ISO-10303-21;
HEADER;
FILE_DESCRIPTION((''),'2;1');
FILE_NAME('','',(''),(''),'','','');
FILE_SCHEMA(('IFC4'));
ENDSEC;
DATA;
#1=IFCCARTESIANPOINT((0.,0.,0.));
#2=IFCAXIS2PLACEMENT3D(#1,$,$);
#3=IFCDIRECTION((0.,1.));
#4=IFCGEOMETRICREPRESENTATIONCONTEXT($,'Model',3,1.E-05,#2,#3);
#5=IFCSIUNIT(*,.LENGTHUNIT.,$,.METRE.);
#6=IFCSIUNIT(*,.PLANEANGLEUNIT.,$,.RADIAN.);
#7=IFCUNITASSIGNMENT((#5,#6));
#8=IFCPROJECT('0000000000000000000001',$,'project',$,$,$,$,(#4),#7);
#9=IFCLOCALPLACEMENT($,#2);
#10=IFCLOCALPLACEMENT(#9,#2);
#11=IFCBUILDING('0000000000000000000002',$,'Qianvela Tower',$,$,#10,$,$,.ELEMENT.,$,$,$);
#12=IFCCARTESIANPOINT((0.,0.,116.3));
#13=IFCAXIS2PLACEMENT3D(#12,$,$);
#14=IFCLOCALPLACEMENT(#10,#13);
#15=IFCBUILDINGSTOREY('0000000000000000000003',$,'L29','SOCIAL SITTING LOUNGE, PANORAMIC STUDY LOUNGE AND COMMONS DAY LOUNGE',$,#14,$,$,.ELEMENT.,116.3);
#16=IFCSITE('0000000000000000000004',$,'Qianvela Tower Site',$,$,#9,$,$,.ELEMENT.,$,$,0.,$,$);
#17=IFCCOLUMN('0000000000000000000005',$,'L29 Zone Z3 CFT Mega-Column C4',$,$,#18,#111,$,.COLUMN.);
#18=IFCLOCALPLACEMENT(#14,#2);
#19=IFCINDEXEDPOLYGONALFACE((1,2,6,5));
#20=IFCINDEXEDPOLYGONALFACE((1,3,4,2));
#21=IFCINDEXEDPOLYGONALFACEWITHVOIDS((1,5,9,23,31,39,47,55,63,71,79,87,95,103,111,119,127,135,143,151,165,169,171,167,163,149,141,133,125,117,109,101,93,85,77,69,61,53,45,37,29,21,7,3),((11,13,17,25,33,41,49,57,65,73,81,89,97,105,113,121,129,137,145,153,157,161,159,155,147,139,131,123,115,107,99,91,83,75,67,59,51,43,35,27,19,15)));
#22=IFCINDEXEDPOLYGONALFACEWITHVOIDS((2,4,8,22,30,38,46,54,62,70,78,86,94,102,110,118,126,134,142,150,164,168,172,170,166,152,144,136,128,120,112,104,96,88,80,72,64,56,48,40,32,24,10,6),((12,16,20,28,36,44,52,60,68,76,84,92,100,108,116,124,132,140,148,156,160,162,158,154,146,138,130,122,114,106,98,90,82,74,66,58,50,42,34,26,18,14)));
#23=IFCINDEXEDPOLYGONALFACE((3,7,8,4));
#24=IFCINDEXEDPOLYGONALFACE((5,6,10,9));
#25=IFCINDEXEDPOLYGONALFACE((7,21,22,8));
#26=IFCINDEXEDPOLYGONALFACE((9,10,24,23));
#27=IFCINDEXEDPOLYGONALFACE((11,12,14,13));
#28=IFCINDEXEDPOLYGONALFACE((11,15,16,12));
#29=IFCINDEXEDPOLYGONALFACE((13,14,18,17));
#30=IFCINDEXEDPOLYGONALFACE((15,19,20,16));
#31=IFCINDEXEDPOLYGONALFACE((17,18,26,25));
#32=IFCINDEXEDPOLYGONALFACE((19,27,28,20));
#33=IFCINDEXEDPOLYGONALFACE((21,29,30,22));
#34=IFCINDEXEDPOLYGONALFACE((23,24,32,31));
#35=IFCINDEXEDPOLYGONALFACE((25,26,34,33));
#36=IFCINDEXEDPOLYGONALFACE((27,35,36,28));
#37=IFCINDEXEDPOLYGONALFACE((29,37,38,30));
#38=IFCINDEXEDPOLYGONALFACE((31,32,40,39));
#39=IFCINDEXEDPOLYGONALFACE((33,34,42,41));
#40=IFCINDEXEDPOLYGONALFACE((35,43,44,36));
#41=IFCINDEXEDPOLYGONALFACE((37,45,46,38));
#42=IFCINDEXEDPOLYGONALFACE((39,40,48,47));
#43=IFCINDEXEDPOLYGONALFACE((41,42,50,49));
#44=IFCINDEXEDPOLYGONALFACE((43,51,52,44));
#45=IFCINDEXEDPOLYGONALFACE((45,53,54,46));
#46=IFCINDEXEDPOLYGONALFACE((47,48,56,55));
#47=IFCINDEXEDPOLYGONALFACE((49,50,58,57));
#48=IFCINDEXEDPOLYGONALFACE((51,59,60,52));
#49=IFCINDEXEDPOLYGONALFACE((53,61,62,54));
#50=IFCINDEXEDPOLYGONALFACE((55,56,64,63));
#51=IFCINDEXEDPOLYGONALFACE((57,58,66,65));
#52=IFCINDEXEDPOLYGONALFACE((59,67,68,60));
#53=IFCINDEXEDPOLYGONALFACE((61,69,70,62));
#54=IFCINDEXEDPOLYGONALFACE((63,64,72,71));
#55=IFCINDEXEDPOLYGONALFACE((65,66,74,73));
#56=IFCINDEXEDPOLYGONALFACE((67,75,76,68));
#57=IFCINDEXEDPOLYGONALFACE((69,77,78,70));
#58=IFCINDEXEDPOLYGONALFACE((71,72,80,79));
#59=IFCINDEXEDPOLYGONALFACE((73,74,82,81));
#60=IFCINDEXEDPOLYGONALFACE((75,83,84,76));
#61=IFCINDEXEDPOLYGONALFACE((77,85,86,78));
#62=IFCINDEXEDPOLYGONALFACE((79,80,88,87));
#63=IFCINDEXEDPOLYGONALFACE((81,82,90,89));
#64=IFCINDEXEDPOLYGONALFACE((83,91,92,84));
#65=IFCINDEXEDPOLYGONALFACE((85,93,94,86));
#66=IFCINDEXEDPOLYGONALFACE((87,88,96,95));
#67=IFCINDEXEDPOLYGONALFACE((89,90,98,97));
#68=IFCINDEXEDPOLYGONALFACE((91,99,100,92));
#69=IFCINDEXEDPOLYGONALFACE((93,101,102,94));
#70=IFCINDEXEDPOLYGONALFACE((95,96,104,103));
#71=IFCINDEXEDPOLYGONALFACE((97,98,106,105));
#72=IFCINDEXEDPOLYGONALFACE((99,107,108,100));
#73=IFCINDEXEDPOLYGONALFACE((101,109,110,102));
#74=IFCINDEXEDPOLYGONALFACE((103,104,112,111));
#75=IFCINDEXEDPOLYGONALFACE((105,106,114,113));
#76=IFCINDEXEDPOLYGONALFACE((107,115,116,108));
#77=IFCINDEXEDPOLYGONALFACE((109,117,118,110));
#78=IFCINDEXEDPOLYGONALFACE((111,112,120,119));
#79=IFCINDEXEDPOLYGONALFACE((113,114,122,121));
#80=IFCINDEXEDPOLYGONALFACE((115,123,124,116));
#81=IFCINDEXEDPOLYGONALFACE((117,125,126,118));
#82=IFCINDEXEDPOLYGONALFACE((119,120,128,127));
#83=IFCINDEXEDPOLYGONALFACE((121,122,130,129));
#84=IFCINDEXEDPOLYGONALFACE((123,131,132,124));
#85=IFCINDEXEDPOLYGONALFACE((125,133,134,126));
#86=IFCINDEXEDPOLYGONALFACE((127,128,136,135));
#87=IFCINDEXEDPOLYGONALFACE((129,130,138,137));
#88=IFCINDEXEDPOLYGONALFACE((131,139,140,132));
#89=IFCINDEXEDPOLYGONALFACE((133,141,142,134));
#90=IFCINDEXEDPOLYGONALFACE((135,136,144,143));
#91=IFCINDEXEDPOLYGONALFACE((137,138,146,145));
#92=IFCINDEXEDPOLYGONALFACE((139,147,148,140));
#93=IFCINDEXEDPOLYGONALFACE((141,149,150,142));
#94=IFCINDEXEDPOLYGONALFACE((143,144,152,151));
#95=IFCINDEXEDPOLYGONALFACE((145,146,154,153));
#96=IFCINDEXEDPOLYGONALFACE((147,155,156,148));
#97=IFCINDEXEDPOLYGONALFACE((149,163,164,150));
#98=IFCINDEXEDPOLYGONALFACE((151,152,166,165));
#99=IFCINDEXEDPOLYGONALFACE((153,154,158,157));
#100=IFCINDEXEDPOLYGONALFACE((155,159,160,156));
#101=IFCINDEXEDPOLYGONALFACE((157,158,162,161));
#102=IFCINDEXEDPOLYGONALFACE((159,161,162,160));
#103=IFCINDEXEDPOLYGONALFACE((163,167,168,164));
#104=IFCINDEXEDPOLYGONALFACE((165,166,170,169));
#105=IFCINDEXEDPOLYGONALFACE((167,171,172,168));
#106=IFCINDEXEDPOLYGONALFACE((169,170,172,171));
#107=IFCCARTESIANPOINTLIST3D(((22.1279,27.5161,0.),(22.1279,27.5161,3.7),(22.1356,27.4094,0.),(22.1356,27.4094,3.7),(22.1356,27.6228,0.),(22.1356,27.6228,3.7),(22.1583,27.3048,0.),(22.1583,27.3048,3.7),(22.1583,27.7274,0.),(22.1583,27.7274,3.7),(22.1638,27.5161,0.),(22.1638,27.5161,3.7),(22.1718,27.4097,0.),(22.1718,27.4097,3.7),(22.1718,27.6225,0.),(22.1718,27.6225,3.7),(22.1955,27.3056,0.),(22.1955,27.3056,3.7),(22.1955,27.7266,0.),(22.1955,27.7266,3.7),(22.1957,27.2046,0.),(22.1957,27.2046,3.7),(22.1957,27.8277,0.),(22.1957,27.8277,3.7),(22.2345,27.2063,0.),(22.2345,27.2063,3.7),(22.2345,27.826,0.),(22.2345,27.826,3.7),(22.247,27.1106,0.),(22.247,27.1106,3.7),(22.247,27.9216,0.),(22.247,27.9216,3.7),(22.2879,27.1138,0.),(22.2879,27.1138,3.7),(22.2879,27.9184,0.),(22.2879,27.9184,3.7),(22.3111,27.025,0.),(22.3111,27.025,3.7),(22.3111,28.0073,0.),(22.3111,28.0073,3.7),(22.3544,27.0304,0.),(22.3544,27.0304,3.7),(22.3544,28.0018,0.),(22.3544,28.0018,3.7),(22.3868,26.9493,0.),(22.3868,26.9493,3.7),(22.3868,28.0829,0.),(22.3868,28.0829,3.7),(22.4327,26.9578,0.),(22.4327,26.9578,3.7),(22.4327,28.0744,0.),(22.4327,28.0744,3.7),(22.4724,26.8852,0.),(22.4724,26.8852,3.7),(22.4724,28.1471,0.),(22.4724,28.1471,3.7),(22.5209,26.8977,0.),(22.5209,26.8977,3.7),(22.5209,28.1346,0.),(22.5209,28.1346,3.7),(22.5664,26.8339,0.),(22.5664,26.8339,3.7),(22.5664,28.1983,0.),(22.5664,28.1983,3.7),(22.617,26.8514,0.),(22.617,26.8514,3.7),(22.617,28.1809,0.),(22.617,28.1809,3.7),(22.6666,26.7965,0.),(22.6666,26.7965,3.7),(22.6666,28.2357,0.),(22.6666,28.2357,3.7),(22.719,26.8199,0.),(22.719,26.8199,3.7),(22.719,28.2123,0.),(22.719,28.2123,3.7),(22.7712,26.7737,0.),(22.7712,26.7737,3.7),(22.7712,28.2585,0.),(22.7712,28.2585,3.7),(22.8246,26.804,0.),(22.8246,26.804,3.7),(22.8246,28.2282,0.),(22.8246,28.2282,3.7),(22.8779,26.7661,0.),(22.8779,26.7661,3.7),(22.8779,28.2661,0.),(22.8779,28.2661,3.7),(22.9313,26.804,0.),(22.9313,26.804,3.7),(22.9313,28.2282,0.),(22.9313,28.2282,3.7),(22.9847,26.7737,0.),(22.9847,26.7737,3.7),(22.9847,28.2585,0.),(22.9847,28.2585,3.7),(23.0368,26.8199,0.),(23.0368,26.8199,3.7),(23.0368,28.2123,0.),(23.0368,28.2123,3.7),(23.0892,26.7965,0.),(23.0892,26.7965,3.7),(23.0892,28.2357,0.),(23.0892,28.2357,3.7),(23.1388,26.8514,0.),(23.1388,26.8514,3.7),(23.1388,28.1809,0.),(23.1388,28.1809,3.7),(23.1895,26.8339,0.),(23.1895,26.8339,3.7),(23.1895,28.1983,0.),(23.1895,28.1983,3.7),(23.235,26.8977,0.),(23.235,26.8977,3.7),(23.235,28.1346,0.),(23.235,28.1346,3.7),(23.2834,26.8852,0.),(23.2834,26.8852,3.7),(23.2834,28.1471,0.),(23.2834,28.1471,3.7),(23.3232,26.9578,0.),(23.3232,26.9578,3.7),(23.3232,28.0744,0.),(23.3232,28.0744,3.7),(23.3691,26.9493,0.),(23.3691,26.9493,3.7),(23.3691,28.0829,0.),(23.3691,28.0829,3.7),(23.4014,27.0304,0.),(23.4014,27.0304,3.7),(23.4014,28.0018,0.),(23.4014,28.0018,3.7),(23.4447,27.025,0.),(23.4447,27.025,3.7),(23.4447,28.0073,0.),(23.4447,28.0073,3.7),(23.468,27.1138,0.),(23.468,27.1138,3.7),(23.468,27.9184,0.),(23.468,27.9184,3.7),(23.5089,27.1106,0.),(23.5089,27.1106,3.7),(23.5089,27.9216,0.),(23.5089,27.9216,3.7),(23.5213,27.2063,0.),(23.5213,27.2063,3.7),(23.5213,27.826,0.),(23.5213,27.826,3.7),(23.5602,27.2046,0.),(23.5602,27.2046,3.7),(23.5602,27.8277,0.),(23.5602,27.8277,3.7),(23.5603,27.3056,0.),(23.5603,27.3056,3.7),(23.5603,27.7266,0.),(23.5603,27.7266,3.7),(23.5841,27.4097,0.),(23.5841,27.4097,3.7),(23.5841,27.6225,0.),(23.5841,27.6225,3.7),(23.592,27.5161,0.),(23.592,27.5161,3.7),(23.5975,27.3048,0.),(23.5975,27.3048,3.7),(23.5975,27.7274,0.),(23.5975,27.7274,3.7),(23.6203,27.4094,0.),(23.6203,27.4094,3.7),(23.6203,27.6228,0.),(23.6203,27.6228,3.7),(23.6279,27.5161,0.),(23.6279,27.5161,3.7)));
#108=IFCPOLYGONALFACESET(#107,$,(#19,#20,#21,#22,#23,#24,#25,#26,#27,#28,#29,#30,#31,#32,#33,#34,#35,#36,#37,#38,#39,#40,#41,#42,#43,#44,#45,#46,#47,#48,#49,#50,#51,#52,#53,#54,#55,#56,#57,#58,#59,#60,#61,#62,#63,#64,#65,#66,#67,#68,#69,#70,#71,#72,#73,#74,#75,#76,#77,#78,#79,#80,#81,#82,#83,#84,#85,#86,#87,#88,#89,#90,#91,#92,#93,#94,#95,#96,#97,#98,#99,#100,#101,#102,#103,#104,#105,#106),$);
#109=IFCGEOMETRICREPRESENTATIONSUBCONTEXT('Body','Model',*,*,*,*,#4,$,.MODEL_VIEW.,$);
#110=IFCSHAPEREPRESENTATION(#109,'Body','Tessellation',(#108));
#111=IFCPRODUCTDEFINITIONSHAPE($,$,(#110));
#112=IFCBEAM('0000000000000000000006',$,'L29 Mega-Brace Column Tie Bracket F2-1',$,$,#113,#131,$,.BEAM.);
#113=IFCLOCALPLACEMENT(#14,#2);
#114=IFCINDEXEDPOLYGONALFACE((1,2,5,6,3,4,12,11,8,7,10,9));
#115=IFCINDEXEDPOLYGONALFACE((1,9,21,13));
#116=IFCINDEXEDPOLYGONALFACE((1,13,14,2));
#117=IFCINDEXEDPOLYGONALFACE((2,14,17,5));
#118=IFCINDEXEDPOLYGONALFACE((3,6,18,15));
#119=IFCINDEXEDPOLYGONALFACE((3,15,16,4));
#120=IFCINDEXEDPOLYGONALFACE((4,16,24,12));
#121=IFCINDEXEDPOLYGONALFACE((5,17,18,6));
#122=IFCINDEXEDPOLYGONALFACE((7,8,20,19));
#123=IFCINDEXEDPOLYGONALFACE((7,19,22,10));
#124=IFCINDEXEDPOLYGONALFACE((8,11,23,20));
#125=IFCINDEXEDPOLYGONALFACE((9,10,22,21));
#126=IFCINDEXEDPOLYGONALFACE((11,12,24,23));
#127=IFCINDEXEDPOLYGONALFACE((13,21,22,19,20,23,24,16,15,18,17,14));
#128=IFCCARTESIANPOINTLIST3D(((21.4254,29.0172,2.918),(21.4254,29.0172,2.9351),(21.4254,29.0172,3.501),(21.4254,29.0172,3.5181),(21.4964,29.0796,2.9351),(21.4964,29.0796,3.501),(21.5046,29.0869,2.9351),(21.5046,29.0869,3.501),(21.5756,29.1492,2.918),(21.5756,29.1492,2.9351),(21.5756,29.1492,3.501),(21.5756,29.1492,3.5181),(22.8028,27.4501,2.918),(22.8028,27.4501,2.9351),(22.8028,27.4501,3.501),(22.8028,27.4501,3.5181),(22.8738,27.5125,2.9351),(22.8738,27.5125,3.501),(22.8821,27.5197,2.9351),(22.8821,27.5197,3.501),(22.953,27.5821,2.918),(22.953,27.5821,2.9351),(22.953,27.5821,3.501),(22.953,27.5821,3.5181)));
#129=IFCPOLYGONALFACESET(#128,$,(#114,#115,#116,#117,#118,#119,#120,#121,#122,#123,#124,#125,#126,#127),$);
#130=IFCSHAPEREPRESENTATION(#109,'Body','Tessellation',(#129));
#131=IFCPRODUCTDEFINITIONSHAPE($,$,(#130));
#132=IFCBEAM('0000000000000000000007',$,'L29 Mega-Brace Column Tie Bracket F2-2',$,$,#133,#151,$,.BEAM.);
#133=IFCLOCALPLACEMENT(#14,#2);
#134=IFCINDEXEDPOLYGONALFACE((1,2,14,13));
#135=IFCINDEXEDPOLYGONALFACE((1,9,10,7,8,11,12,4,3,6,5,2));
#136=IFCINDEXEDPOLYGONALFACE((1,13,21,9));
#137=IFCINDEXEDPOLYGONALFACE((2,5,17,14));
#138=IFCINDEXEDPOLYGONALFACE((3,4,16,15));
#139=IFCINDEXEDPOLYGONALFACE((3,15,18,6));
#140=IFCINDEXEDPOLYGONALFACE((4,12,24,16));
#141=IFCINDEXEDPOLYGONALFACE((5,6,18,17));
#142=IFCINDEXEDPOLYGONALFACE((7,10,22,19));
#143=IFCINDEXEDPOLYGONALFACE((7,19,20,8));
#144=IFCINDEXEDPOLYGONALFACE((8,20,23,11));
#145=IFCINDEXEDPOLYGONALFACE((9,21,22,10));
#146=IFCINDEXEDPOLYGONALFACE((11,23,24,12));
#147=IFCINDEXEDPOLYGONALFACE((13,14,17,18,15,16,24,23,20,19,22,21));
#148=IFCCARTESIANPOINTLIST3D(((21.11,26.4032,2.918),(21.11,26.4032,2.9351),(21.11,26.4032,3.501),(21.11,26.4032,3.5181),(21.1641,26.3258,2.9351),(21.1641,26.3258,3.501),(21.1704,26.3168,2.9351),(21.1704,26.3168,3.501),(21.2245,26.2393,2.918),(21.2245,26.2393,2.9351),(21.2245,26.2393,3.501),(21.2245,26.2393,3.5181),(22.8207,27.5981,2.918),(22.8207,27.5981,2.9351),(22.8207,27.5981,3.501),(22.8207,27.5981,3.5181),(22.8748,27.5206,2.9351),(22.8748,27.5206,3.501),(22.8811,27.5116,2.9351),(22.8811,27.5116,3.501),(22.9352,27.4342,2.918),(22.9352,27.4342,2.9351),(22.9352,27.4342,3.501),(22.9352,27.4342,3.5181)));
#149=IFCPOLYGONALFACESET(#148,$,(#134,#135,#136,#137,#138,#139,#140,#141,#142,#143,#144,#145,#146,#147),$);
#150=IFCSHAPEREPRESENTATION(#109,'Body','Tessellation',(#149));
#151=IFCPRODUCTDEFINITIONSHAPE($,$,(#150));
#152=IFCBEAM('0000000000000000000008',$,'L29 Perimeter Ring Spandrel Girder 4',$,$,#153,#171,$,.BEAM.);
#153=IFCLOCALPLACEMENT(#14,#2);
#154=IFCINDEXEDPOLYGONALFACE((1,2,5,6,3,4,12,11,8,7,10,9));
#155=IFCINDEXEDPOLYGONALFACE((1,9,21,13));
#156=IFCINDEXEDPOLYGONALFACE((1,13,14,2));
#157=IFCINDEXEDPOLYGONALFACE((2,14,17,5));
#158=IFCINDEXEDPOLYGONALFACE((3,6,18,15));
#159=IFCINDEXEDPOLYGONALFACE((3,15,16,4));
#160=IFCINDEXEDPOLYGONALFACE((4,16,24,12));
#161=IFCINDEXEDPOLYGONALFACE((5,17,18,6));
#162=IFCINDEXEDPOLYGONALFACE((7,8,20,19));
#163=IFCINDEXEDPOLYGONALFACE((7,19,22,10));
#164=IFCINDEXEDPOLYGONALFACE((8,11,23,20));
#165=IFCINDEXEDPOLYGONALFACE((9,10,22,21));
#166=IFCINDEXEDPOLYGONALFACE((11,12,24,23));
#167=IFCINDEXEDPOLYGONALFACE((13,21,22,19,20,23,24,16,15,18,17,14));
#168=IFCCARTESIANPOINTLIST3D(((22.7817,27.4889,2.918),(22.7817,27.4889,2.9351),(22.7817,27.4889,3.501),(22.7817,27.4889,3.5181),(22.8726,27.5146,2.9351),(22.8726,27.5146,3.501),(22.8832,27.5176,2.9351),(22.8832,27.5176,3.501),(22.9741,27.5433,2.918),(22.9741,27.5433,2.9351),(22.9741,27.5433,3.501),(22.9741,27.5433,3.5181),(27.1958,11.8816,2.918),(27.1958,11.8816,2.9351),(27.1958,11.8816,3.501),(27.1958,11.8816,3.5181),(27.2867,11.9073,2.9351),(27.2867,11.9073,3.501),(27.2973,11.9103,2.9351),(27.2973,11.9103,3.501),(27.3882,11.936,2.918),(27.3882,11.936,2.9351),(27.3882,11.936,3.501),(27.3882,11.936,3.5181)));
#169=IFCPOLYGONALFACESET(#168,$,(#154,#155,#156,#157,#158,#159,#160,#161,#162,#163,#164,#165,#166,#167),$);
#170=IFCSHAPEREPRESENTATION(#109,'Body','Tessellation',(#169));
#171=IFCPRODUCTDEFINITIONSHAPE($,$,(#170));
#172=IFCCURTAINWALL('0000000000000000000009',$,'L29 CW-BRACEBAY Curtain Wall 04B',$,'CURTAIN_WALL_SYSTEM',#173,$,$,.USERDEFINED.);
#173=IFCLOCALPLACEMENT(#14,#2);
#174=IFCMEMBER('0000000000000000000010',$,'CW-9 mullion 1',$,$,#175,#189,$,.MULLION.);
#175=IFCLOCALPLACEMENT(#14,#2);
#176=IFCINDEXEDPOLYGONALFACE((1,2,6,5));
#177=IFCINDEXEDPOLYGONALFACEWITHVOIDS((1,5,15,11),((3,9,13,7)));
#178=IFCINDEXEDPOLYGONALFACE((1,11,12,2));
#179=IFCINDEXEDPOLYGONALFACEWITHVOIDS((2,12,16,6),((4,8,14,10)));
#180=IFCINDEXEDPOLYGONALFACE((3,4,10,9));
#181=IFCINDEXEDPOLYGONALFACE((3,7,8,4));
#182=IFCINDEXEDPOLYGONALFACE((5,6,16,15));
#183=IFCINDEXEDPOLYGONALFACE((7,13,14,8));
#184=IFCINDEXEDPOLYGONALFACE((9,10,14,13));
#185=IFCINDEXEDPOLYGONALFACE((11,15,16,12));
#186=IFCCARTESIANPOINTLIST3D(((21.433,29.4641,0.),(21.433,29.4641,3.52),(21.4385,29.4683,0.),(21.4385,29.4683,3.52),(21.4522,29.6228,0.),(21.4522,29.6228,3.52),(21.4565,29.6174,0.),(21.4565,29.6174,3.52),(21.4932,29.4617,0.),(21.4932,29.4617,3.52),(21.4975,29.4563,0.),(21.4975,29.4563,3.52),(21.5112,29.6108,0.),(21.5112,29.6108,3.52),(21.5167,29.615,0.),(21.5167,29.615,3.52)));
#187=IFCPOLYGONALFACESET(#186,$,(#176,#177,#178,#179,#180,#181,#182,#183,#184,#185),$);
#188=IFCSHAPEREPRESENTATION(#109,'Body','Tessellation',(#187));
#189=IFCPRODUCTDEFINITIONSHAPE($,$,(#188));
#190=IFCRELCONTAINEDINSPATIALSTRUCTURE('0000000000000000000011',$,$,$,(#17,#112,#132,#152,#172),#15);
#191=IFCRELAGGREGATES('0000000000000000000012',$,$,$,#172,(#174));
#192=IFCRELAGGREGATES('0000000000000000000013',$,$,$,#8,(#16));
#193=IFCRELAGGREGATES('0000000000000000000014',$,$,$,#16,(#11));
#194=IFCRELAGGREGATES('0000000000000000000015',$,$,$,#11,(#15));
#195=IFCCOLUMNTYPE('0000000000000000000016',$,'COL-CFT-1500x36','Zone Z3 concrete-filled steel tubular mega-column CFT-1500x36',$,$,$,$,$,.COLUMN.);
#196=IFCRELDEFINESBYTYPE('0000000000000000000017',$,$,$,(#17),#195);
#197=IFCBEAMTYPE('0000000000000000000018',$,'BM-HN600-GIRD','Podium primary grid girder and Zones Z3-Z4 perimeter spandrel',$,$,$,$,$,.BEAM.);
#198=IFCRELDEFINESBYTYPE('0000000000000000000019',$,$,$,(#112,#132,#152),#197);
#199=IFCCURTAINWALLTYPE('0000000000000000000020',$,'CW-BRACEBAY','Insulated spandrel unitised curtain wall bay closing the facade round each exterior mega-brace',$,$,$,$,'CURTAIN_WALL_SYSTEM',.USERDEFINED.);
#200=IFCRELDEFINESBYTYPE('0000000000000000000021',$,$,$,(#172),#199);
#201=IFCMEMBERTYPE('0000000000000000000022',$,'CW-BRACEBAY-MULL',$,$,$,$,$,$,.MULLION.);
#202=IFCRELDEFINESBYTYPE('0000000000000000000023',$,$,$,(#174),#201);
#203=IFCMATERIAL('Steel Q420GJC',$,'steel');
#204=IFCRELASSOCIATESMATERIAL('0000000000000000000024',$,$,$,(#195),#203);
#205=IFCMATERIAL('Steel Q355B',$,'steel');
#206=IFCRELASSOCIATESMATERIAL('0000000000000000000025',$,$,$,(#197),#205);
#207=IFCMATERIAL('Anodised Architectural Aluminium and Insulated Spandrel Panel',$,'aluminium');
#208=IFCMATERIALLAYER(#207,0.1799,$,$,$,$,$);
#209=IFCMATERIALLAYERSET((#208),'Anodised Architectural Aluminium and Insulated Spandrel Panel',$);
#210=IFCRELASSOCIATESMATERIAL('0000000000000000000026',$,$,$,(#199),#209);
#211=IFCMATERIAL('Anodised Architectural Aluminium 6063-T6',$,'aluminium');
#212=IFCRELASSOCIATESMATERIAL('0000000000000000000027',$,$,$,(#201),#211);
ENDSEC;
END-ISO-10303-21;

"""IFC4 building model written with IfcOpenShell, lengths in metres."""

from ifc_helpers import new_model, si_unit, direction, frame, origin, origin_2d, place, context, subcontext, project, spatial, hollow_rectangle, hollow_circle, i_section, extrude, material, layer, layer_set, material_profile, profile_set, type_object, element, aggregate, save


model = new_model("IFC4")

# Units and contexts
model_context = context("Model", 3, precision=1e-05, world=origin(), true_north=direction((0.0, 1.0)))
body_context = subcontext(model_context, "Body", "Model", "MODEL_VIEW")
ifc_project = project(units=[si_unit("LENGTHUNIT", "METRE"), si_unit("PLANEANGLEUNIT", "RADIAN")], contexts=[model_context])

# Site, building, storey
site_placement = place(None, origin())
site = spatial("IfcSite", under=ifc_project, at=site_placement, Name="Qianvela Tower Site", CompositionType="ELEMENT", RefElevation=0.0)
building_placement = place(site_placement, origin())
building = spatial("IfcBuilding", under=site, at=building_placement, Name="Qianvela Tower", CompositionType="ELEMENT")
storey_placement = place(building_placement, frame((0.0, 0.0, 116.3)))
storey = spatial("IfcBuildingStorey", under=building, at=storey_placement, Name="L29", Description="SOCIAL SITTING LOUNGE, PANORAMIC STUDY LOUNGE AND COMMONS DAY LOUNGE", CompositionType="ELEMENT", Elevation=116.3)

# Column
ifc_material_1 = material(Name="Steel Q420GJC", Category="steel")
ifc_material_profile_1 = material_profile(ifc_material_1, hollow_circle(Radius=0.75, WallThickness=0.0359, at=origin_2d()), Name="CFT-1500x36")
ifc_profile_set_1 = profile_set([ifc_material_profile_1], Name="Steel Q420GJC")
column_type = type_object("IfcColumnType", Name="COL-CFT-1500x36", Description="Zone Z3 concrete-filled steel tubular mega-column CFT-1500x36", PredefinedType="COLUMN", material=ifc_profile_set_1)
column_placement = place(storey_placement, frame((22.8779, 27.5161, 0.0), z_axis=(0.0, 0.0, 1.0), x_axis=(1.0, 0.0, 0.0)))
element("IfcColumn", 1, at=column_placement, inside=storey, type_object=column_type, Name="L29 Zone Z3 CFT Mega-Column C4", PredefinedType="COLUMN", context=body_context, shape_type="SweptSolid", body=[
    extrude(hollow_circle(Radius=0.75, WallThickness=0.0359, at=origin_2d()), origin(), (0.0, 0.0, 1.0), 3.7),
])

# Beams
ifc_material_2 = material(Name="Steel Q355B", Category="steel")
ifc_material_profile_2 = material_profile(ifc_material_2, i_section(OverallWidth=0.2, OverallDepth=0.6001, WebThickness=0.011, FlangeThickness=0.0171, at=origin_2d()), Name="HN600x200x11x17")
ifc_profile_set_2 = profile_set([ifc_material_profile_2], Name="Steel Q355B")
beam_type = type_object("IfcBeamType", Name="BM-HN600-GIRD", Description="Podium primary grid girder and Zones Z3-Z4 perimeter spandrel", PredefinedType="BEAM", material=ifc_profile_set_2)
beam_1_placement = place(storey_placement, frame((22.8779, 27.5161, 3.218), z_axis=(-0.660185, 0.751103, 0.0), x_axis=(-0.751103, -0.660185, 0.0)))
element("IfcBeam", 2, at=beam_1_placement, inside=storey, type_object=beam_type, Name="L29 Mega-Brace Column Tie Bracket F2-1", PredefinedType="BEAM", context=body_context, shape_type="SweptSolid", body=[
    extrude(i_section(OverallWidth=0.2, OverallDepth=0.6001, WebThickness=0.011, FlangeThickness=0.0171, at=origin_2d()), origin(), (0.0, 0.0, 1.0), 2.0864),
])
beam_2_placement = place(storey_placement, frame((22.8779, 27.5161, 3.218), z_axis=(-0.819831, -0.572606, 0.0), x_axis=(0.572606, -0.819831, 0.0)))
element("IfcBeam", 3, at=beam_2_placement, inside=storey, type_object=beam_type, Name="L29 Mega-Brace Column Tie Bracket F2-2", PredefinedType="BEAM", context=body_context, shape_type="SweptSolid", body=[
    extrude(i_section(OverallWidth=0.2, OverallDepth=0.6001, WebThickness=0.011, FlangeThickness=0.0171, at=origin_2d()), origin(), (0.0, 0.0, 1.0), 2.0867),
])
beam_3_placement = place(storey_placement, frame((22.8779, 27.5161, 3.218), z_axis=(0.272148, -0.962256, 0.0), x_axis=(0.962256, 0.272148, 0.0)))
element("IfcBeam", 4, at=beam_3_placement, inside=storey, type_object=beam_type, Name="L29 Perimeter Ring Spandrel Girder 4", PredefinedType="BEAM", context=body_context, shape_type="SweptSolid", body=[
    extrude(i_section(OverallWidth=0.2, OverallDepth=0.6001, WebThickness=0.011, FlangeThickness=0.0171, at=origin_2d()), origin(), (0.0, 0.0, 1.0), 16.2195),
])

# Curtain wall, member
ifc_material_3 = material(Name="Anodised Architectural Aluminium and Insulated Spandrel Panel", Category="aluminium")
ifc_layer_1 = layer(ifc_material_3, 0.1799)
ifc_layer_set_1 = layer_set([ifc_layer_1], Name="Anodised Architectural Aluminium and Insulated Spandrel Panel")
curtain_wall_type_1 = type_object("IfcCurtainWallType", Name="CW-BRACEBAY", Description="Insulated spandrel unitised curtain wall bay closing the facade round each exterior mega-brace", ElementType="CURTAIN_WALL_SYSTEM", PredefinedType="USERDEFINED", material=ifc_layer_set_1)
curtain_wall_1_placement = place(storey_placement, origin())
curtain_wall_1 = element("IfcCurtainWall", 5, at=curtain_wall_1_placement, inside=storey, type_object=curtain_wall_type_1, Name="L29 CW-BRACEBAY Curtain Wall 04B", ObjectType="CURTAIN_WALL_SYSTEM", PredefinedType="USERDEFINED")
ifc_material_4 = material(Name="Anodised Architectural Aluminium 6063-T6", Category="aluminium")
ifc_material_profile_3 = material_profile(ifc_material_4, hollow_rectangle(XDim=0.0649, YDim=0.1599, WallThickness=0.0049, at=origin_2d()), Name="ALU-MULL-65x160")
ifc_profile_set_3 = profile_set([ifc_material_profile_3], Name="Anodised Architectural Aluminium 6063-T6")
member_type_1 = type_object("IfcMemberType", Name="CW-BRACEBAY-MULL", PredefinedType="MULLION", material=ifc_profile_set_3)
member_1_placement = place(storey_placement, frame((21.4749, 29.5396, 0.0), z_axis=(0.0, 0.0, 1.0), x_axis=(0.9928, -0.119787, 0.0)))
member_1 = element("IfcMember", 6, at=member_1_placement, type_object=member_type_1, Name="CW-9 mullion 1", PredefinedType="MULLION", context=body_context, shape_type="SweptSolid", body=[
    extrude(hollow_rectangle(XDim=0.0649, YDim=0.1599, WallThickness=0.0049, at=origin_2d()), origin(), (0.0, 0.0, 1.0), 3.52),
])

aggregate(curtain_wall_1, [member_1])

save(model, "model.ifc")
